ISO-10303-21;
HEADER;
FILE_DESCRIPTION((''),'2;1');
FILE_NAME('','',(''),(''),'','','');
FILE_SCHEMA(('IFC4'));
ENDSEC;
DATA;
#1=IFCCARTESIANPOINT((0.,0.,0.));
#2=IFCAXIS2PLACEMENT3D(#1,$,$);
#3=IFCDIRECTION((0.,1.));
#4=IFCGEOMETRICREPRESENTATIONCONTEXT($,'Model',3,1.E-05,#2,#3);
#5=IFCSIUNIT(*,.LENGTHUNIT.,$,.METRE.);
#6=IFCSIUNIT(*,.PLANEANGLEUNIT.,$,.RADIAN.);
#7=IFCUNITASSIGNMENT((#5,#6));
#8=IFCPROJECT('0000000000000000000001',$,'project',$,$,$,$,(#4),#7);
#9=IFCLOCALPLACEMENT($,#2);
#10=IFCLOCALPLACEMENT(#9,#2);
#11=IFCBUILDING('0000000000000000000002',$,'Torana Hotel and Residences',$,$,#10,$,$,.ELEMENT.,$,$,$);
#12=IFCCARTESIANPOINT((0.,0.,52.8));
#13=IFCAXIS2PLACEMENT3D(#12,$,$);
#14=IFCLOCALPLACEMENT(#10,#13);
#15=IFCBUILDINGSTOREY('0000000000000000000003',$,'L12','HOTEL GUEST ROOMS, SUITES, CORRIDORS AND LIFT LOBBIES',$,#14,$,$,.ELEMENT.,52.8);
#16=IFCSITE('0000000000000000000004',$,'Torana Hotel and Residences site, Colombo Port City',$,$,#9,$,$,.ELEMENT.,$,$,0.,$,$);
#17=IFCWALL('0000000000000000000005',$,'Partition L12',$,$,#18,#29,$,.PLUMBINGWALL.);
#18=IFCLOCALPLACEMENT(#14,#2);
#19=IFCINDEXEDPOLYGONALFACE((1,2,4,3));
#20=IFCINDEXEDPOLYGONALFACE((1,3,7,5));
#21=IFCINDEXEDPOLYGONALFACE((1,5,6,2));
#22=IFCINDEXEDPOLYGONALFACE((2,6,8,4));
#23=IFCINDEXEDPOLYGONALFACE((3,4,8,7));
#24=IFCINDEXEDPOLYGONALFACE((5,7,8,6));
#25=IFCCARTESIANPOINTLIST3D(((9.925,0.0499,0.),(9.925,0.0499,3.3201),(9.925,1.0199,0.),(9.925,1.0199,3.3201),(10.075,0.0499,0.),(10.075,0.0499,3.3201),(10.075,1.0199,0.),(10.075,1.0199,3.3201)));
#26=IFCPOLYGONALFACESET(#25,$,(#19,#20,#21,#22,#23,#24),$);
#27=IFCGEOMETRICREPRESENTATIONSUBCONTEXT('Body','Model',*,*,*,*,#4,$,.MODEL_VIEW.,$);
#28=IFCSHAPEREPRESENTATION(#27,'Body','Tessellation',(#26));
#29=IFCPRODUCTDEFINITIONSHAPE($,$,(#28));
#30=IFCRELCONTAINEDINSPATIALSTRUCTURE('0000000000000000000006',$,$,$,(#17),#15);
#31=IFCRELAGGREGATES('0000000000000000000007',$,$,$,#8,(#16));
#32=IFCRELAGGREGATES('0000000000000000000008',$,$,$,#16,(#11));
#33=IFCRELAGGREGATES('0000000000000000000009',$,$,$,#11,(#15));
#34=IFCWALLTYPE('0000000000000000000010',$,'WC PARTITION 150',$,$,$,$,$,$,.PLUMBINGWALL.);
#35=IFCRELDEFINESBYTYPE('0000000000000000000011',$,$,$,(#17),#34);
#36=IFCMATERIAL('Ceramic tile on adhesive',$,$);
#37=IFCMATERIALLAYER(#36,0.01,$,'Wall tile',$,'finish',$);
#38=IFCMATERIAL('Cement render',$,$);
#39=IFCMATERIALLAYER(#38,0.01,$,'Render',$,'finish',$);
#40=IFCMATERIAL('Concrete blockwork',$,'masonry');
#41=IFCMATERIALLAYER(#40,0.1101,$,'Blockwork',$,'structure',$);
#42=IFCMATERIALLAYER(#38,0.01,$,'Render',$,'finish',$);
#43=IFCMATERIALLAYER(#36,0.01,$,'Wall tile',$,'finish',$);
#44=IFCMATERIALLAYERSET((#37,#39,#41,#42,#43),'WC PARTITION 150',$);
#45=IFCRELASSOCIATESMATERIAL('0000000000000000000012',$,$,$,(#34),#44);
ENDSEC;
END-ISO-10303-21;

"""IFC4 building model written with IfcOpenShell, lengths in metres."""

from ifc_helpers import new_model, si_unit, direction, frame, frame_2d, origin, place, context, subcontext, project, spatial, rectangle, extrude, material, layer, layer_set, type_object, element, save


model = new_model("IFC4")

# Units and contexts
model_context = context("Model", 3, precision=1e-05, world=origin(), true_north=direction((0.0, 1.0)))
body_context = subcontext(model_context, "Body", "Model", "MODEL_VIEW")
ifc_project = project(units=[si_unit("LENGTHUNIT", "METRE"), si_unit("PLANEANGLEUNIT", "RADIAN")], contexts=[model_context])

# Site, building, storey
site_placement = place(None, origin())
site = spatial("IfcSite", under=ifc_project, at=site_placement, Name="Torana Hotel and Residences site, Colombo Port City", CompositionType="ELEMENT", RefElevation=0.0)
building_placement = place(site_placement, origin())
building = spatial("IfcBuilding", under=site, at=building_placement, Name="Torana Hotel and Residences", CompositionType="ELEMENT")
storey_placement = place(building_placement, frame((0.0, 0.0, 52.8)))
storey = spatial("IfcBuildingStorey", under=building, at=storey_placement, Name="L12", Description="HOTEL GUEST ROOMS, SUITES, CORRIDORS AND LIFT LOBBIES", CompositionType="ELEMENT", Elevation=52.8)

# Wall
ifc_material_1 = material(Name="Ceramic tile on adhesive")
ifc_layer_1 = layer(ifc_material_1, 0.01, Name="Wall tile", Category="finish")
ifc_material_2 = material(Name="Cement render")
ifc_layer_2 = layer(ifc_material_2, 0.01, Name="Render", Category="finish")
ifc_material_3 = material(Name="Concrete blockwork", Category="masonry")
ifc_layer_3 = layer(ifc_material_3, 0.1101, Name="Blockwork", Category="structure")
ifc_layer_4 = layer(ifc_material_2, 0.01, Name="Render", Category="finish")
ifc_layer_5 = layer(ifc_material_1, 0.01, Name="Wall tile", Category="finish")
ifc_layer_set_1 = layer_set([ifc_layer_1, ifc_layer_2, ifc_layer_3, ifc_layer_4, ifc_layer_5], Name="WC PARTITION 150")
wall_type_1 = type_object("IfcWallType", Name="WC PARTITION 150", PredefinedType="PLUMBINGWALL", material=ifc_layer_set_1)
wall_1_placement = place(storey_placement, frame((10.0, 0.05, 0.0), z_axis=(0.0, 0.0, 1.0), x_axis=(0.0, 1.0, 0.0)))
element("IfcWall", 1, at=wall_1_placement, inside=storey, type_object=wall_type_1, Name="Partition L12", PredefinedType="PLUMBINGWALL", context=body_context, shape_type="SweptSolid", body=[
    extrude(rectangle(XDim=0.97, YDim=0.1499, at=frame_2d((0.4849, 0.0))), origin(), (0.0, 0.0, 1.0), 3.3201),
])

save(model, "model.ifc")
